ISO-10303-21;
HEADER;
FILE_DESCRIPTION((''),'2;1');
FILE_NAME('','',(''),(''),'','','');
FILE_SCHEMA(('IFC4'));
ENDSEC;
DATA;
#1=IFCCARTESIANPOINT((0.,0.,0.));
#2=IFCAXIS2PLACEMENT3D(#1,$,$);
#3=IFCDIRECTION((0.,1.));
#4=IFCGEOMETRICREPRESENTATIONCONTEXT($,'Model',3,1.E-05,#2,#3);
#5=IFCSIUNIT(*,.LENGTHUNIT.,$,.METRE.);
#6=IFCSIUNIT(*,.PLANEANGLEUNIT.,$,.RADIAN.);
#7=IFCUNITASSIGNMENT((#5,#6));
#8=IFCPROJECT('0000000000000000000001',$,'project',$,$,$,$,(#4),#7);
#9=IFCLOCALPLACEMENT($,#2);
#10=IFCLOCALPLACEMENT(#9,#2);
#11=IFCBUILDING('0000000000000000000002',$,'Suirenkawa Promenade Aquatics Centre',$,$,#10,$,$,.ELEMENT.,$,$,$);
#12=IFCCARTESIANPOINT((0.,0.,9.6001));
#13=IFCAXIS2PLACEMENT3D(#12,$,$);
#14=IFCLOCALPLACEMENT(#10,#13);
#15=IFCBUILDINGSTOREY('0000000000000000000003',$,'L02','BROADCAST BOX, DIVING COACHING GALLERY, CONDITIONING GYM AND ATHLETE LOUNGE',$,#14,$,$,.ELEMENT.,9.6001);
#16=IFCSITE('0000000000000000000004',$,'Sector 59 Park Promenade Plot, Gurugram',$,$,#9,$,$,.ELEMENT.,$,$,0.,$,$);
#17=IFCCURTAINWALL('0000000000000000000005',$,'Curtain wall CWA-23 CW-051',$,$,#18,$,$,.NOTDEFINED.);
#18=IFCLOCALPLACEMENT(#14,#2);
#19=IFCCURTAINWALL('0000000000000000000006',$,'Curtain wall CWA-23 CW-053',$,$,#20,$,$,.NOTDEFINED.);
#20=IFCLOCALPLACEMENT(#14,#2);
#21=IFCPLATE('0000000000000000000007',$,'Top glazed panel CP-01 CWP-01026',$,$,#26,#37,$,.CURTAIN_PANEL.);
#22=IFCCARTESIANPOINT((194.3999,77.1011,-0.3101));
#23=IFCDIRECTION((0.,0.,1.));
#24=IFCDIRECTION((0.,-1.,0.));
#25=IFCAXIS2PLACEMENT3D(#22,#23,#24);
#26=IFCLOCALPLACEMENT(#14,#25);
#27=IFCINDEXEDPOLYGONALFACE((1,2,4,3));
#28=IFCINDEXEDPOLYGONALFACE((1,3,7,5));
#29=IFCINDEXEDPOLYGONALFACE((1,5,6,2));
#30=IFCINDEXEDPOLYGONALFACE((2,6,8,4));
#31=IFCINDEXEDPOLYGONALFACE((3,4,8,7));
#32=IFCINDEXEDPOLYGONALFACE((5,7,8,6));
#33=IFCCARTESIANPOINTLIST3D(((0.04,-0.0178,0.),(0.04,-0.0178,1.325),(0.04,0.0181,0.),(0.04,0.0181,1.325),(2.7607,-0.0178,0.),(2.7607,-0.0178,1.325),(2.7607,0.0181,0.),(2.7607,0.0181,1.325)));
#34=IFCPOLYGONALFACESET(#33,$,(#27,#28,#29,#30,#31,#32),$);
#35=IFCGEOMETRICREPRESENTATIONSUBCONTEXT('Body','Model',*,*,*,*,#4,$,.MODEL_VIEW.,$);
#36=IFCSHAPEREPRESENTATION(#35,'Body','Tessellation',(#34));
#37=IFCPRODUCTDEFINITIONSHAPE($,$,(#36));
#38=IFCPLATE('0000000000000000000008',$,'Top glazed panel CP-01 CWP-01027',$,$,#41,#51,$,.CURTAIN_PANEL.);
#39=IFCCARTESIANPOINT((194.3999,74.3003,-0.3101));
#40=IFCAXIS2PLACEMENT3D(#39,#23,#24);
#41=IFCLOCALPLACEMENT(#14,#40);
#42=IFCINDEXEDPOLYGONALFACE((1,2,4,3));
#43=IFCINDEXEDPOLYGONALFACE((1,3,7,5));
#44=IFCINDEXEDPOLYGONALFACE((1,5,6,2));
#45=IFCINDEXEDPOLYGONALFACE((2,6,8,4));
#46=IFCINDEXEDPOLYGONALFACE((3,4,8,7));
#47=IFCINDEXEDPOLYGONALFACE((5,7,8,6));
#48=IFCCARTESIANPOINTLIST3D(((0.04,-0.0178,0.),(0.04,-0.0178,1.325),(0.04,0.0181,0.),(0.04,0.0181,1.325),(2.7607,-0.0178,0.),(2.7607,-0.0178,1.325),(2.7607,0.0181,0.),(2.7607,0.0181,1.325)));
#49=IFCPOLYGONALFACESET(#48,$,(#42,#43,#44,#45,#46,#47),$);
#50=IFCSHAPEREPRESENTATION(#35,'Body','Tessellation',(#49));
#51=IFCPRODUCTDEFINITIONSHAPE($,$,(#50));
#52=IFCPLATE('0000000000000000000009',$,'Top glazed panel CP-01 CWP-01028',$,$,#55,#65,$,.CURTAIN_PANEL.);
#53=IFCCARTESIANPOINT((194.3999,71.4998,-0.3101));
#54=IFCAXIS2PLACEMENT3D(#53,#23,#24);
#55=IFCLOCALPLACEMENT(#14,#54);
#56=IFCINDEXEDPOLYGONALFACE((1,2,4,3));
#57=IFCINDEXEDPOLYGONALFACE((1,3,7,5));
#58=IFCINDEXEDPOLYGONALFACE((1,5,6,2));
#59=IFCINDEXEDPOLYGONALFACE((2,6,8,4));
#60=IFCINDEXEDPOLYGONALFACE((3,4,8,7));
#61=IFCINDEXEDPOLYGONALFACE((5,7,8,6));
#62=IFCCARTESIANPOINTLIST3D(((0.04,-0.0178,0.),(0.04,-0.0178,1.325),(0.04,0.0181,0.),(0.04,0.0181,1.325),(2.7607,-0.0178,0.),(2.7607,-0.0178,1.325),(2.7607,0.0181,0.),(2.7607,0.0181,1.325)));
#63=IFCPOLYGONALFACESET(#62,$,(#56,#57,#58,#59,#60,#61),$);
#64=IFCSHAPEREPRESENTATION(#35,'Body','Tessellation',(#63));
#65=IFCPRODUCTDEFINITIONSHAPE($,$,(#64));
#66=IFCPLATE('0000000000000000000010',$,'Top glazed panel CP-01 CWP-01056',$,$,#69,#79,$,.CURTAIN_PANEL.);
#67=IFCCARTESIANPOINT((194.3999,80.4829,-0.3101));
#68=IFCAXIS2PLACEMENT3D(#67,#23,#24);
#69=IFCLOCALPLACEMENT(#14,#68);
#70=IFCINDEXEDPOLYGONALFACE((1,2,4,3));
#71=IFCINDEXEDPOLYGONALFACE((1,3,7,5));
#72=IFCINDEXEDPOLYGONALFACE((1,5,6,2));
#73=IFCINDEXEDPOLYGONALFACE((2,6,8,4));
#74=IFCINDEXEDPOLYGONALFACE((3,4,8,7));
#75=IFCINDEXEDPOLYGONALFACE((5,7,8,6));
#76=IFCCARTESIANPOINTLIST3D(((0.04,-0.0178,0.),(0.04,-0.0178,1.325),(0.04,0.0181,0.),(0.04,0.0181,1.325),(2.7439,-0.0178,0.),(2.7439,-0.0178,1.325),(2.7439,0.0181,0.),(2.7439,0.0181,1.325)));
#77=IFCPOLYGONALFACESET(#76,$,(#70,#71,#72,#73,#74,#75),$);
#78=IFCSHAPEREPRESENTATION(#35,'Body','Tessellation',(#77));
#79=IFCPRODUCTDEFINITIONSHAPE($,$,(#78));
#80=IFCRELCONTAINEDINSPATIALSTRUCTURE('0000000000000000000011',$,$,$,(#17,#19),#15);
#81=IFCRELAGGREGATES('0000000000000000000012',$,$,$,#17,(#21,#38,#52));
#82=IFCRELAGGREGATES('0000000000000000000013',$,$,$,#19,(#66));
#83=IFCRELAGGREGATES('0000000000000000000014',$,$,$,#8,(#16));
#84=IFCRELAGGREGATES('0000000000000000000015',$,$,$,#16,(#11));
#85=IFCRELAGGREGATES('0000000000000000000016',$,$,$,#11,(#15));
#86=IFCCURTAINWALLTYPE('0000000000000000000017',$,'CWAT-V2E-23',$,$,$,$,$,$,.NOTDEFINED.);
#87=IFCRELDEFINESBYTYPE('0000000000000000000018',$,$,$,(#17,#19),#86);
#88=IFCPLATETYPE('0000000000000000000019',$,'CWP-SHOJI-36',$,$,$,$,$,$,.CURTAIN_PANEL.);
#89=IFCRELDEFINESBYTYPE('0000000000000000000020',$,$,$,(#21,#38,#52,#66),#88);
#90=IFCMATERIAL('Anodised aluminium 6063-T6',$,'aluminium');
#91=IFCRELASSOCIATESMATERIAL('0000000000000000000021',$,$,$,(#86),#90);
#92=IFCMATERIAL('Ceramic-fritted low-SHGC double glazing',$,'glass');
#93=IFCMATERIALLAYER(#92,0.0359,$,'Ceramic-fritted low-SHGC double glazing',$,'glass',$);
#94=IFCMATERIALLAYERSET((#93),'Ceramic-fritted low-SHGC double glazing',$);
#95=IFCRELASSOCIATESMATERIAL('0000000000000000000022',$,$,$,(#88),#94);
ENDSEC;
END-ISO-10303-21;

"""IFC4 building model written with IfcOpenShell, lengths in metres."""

from ifc_helpers import new_model, si_unit, direction, frame, origin, place, context, subcontext, project, spatial, polyline, outline, extrude, material, layer, layer_set, type_object, element, aggregate, save


model = new_model("IFC4")

# Units and contexts
model_context = context("Model", 3, precision=1e-05, world=origin(), true_north=direction((0.0, 1.0)))
body_context = subcontext(model_context, "Body", "Model", "MODEL_VIEW")
ifc_project = project(units=[si_unit("LENGTHUNIT", "METRE"), si_unit("PLANEANGLEUNIT", "RADIAN")], contexts=[model_context])

# Site, building, storey
site_placement = place(None, origin())
site = spatial("IfcSite", under=ifc_project, at=site_placement, Name="Sector 59 Park Promenade Plot, Gurugram", CompositionType="ELEMENT", RefElevation=0.0)
building_placement = place(site_placement, origin())
building = spatial("IfcBuilding", under=site, at=building_placement, Name="Suirenkawa Promenade Aquatics Centre", CompositionType="ELEMENT")
storey_placement = place(building_placement, frame((0.0, 0.0, 9.6001)))
storey = spatial("IfcBuildingStorey", under=building, at=storey_placement, Name="L02", Description="BROADCAST BOX, DIVING COACHING GALLERY, CONDITIONING GYM AND ATHLETE LOUNGE", CompositionType="ELEMENT", Elevation=9.6001)

# Curtain walls
ifc_material_1 = material(Name="Anodised aluminium 6063-T6", Category="aluminium")
curtain_wall_type = type_object("IfcCurtainWallType", Name="CWAT-V2E-23", PredefinedType="NOTDEFINED", material=ifc_material_1)
curtain_wall_1_placement = place(storey_placement, origin())
curtain_wall_1 = element("IfcCurtainWall", 1, at=curtain_wall_1_placement, inside=storey, type_object=curtain_wall_type, Name="Curtain wall CWA-23 CW-051", PredefinedType="NOTDEFINED")
curtain_wall_2_placement = place(storey_placement, origin())
curtain_wall_2 = element("IfcCurtainWall", 2, at=curtain_wall_2_placement, inside=storey, type_object=curtain_wall_type, Name="Curtain wall CWA-23 CW-053", PredefinedType="NOTDEFINED")

# Plates
ifc_material_2 = material(Name="Ceramic-fritted low-SHGC double glazing", Category="glass")
ifc_layer_1 = layer(ifc_material_2, 0.0359, Name="Ceramic-fritted low-SHGC double glazing", Category="glass")
ifc_layer_set_1 = layer_set([ifc_layer_1], Name="Ceramic-fritted low-SHGC double glazing")
plate_type_1 = type_object("IfcPlateType", Name="CWP-SHOJI-36", PredefinedType="CURTAIN_PANEL", material=ifc_layer_set_1)
plate_1_placement = place(storey_placement, frame((194.3999, 77.1011, -0.3101), z_axis=(0.0, 0.0, 1.0), x_axis=(0.0, -1.0, 0.0)))
plate_1 = element("IfcPlate", 3, at=plate_1_placement, type_object=plate_type_1, Name="Top glazed panel CP-01 CWP-01026", PredefinedType="CURTAIN_PANEL", context=body_context, shape_type="SweptSolid", body=[
    extrude(outline(polyline([(0.04, 0.0), (2.7607, 0.0), (2.7607, 1.325), (0.04, 1.325), (0.04, 0.0)])), frame((0.0, 0.0181, 0.0), z_axis=(0.0, -1.0, 0.0), x_axis=(1.0, 0.0, 0.0)), (0.0, 0.0, 1.0), 0.0359),
])
plate_2_placement = place(storey_placement, frame((194.3999, 74.3003, -0.3101), z_axis=(0.0, 0.0, 1.0), x_axis=(0.0, -1.0, 0.0)))
plate_2 = element("IfcPlate", 4, at=plate_2_placement, type_object=plate_type_1, Name="Top glazed panel CP-01 CWP-01027", PredefinedType="CURTAIN_PANEL", context=body_context, shape_type="SweptSolid", body=[
    extrude(outline(polyline([(0.04, 0.0), (2.7607, 0.0), (2.7607, 1.325), (0.04, 1.325), (0.04, 0.0)])), frame((0.0, 0.0181, 0.0), z_axis=(0.0, -1.0, 0.0), x_axis=(1.0, 0.0, 0.0)), (0.0, 0.0, 1.0), 0.0359),
])
plate_3_placement = place(storey_placement, frame((194.3999, 71.4998, -0.3101), z_axis=(0.0, 0.0, 1.0), x_axis=(0.0, -1.0, 0.0)))
plate_3 = element("IfcPlate", 5, at=plate_3_placement, type_object=plate_type_1, Name="Top glazed panel CP-01 CWP-01028", PredefinedType="CURTAIN_PANEL", context=body_context, shape_type="SweptSolid", body=[
    extrude(outline(polyline([(0.04, 0.0), (2.7607, 0.0), (2.7607, 1.325), (0.04, 1.325), (0.04, 0.0)])), frame((0.0, 0.0181, 0.0), z_axis=(0.0, -1.0, 0.0), x_axis=(1.0, 0.0, 0.0)), (0.0, 0.0, 1.0), 0.0359),
])
aggregate(curtain_wall_1, [plate_1, plate_2, plate_3])
plate_4_placement = place(storey_placement, frame((194.3999, 80.4829, -0.3101), z_axis=(0.0, 0.0, 1.0), x_axis=(0.0, -1.0, 0.0)))
plate_4 = element("IfcPlate", 6, at=plate_4_placement, type_object=plate_type_1, Name="Top glazed panel CP-01 CWP-01056", PredefinedType="CURTAIN_PANEL", context=body_context, shape_type="SweptSolid", body=[
    extrude(outline(polyline([(0.04, 0.0), (2.7439, 0.0), (2.7439, 1.325), (0.04, 1.325), (0.04, 0.0)])), frame((0.0, 0.0181, 0.0), z_axis=(0.0, -1.0, 0.0), x_axis=(1.0, 0.0, 0.0)), (0.0, 0.0, 1.0), 0.0359),
])
aggregate(curtain_wall_2, [plate_4])

save(model, "model.ifc")
